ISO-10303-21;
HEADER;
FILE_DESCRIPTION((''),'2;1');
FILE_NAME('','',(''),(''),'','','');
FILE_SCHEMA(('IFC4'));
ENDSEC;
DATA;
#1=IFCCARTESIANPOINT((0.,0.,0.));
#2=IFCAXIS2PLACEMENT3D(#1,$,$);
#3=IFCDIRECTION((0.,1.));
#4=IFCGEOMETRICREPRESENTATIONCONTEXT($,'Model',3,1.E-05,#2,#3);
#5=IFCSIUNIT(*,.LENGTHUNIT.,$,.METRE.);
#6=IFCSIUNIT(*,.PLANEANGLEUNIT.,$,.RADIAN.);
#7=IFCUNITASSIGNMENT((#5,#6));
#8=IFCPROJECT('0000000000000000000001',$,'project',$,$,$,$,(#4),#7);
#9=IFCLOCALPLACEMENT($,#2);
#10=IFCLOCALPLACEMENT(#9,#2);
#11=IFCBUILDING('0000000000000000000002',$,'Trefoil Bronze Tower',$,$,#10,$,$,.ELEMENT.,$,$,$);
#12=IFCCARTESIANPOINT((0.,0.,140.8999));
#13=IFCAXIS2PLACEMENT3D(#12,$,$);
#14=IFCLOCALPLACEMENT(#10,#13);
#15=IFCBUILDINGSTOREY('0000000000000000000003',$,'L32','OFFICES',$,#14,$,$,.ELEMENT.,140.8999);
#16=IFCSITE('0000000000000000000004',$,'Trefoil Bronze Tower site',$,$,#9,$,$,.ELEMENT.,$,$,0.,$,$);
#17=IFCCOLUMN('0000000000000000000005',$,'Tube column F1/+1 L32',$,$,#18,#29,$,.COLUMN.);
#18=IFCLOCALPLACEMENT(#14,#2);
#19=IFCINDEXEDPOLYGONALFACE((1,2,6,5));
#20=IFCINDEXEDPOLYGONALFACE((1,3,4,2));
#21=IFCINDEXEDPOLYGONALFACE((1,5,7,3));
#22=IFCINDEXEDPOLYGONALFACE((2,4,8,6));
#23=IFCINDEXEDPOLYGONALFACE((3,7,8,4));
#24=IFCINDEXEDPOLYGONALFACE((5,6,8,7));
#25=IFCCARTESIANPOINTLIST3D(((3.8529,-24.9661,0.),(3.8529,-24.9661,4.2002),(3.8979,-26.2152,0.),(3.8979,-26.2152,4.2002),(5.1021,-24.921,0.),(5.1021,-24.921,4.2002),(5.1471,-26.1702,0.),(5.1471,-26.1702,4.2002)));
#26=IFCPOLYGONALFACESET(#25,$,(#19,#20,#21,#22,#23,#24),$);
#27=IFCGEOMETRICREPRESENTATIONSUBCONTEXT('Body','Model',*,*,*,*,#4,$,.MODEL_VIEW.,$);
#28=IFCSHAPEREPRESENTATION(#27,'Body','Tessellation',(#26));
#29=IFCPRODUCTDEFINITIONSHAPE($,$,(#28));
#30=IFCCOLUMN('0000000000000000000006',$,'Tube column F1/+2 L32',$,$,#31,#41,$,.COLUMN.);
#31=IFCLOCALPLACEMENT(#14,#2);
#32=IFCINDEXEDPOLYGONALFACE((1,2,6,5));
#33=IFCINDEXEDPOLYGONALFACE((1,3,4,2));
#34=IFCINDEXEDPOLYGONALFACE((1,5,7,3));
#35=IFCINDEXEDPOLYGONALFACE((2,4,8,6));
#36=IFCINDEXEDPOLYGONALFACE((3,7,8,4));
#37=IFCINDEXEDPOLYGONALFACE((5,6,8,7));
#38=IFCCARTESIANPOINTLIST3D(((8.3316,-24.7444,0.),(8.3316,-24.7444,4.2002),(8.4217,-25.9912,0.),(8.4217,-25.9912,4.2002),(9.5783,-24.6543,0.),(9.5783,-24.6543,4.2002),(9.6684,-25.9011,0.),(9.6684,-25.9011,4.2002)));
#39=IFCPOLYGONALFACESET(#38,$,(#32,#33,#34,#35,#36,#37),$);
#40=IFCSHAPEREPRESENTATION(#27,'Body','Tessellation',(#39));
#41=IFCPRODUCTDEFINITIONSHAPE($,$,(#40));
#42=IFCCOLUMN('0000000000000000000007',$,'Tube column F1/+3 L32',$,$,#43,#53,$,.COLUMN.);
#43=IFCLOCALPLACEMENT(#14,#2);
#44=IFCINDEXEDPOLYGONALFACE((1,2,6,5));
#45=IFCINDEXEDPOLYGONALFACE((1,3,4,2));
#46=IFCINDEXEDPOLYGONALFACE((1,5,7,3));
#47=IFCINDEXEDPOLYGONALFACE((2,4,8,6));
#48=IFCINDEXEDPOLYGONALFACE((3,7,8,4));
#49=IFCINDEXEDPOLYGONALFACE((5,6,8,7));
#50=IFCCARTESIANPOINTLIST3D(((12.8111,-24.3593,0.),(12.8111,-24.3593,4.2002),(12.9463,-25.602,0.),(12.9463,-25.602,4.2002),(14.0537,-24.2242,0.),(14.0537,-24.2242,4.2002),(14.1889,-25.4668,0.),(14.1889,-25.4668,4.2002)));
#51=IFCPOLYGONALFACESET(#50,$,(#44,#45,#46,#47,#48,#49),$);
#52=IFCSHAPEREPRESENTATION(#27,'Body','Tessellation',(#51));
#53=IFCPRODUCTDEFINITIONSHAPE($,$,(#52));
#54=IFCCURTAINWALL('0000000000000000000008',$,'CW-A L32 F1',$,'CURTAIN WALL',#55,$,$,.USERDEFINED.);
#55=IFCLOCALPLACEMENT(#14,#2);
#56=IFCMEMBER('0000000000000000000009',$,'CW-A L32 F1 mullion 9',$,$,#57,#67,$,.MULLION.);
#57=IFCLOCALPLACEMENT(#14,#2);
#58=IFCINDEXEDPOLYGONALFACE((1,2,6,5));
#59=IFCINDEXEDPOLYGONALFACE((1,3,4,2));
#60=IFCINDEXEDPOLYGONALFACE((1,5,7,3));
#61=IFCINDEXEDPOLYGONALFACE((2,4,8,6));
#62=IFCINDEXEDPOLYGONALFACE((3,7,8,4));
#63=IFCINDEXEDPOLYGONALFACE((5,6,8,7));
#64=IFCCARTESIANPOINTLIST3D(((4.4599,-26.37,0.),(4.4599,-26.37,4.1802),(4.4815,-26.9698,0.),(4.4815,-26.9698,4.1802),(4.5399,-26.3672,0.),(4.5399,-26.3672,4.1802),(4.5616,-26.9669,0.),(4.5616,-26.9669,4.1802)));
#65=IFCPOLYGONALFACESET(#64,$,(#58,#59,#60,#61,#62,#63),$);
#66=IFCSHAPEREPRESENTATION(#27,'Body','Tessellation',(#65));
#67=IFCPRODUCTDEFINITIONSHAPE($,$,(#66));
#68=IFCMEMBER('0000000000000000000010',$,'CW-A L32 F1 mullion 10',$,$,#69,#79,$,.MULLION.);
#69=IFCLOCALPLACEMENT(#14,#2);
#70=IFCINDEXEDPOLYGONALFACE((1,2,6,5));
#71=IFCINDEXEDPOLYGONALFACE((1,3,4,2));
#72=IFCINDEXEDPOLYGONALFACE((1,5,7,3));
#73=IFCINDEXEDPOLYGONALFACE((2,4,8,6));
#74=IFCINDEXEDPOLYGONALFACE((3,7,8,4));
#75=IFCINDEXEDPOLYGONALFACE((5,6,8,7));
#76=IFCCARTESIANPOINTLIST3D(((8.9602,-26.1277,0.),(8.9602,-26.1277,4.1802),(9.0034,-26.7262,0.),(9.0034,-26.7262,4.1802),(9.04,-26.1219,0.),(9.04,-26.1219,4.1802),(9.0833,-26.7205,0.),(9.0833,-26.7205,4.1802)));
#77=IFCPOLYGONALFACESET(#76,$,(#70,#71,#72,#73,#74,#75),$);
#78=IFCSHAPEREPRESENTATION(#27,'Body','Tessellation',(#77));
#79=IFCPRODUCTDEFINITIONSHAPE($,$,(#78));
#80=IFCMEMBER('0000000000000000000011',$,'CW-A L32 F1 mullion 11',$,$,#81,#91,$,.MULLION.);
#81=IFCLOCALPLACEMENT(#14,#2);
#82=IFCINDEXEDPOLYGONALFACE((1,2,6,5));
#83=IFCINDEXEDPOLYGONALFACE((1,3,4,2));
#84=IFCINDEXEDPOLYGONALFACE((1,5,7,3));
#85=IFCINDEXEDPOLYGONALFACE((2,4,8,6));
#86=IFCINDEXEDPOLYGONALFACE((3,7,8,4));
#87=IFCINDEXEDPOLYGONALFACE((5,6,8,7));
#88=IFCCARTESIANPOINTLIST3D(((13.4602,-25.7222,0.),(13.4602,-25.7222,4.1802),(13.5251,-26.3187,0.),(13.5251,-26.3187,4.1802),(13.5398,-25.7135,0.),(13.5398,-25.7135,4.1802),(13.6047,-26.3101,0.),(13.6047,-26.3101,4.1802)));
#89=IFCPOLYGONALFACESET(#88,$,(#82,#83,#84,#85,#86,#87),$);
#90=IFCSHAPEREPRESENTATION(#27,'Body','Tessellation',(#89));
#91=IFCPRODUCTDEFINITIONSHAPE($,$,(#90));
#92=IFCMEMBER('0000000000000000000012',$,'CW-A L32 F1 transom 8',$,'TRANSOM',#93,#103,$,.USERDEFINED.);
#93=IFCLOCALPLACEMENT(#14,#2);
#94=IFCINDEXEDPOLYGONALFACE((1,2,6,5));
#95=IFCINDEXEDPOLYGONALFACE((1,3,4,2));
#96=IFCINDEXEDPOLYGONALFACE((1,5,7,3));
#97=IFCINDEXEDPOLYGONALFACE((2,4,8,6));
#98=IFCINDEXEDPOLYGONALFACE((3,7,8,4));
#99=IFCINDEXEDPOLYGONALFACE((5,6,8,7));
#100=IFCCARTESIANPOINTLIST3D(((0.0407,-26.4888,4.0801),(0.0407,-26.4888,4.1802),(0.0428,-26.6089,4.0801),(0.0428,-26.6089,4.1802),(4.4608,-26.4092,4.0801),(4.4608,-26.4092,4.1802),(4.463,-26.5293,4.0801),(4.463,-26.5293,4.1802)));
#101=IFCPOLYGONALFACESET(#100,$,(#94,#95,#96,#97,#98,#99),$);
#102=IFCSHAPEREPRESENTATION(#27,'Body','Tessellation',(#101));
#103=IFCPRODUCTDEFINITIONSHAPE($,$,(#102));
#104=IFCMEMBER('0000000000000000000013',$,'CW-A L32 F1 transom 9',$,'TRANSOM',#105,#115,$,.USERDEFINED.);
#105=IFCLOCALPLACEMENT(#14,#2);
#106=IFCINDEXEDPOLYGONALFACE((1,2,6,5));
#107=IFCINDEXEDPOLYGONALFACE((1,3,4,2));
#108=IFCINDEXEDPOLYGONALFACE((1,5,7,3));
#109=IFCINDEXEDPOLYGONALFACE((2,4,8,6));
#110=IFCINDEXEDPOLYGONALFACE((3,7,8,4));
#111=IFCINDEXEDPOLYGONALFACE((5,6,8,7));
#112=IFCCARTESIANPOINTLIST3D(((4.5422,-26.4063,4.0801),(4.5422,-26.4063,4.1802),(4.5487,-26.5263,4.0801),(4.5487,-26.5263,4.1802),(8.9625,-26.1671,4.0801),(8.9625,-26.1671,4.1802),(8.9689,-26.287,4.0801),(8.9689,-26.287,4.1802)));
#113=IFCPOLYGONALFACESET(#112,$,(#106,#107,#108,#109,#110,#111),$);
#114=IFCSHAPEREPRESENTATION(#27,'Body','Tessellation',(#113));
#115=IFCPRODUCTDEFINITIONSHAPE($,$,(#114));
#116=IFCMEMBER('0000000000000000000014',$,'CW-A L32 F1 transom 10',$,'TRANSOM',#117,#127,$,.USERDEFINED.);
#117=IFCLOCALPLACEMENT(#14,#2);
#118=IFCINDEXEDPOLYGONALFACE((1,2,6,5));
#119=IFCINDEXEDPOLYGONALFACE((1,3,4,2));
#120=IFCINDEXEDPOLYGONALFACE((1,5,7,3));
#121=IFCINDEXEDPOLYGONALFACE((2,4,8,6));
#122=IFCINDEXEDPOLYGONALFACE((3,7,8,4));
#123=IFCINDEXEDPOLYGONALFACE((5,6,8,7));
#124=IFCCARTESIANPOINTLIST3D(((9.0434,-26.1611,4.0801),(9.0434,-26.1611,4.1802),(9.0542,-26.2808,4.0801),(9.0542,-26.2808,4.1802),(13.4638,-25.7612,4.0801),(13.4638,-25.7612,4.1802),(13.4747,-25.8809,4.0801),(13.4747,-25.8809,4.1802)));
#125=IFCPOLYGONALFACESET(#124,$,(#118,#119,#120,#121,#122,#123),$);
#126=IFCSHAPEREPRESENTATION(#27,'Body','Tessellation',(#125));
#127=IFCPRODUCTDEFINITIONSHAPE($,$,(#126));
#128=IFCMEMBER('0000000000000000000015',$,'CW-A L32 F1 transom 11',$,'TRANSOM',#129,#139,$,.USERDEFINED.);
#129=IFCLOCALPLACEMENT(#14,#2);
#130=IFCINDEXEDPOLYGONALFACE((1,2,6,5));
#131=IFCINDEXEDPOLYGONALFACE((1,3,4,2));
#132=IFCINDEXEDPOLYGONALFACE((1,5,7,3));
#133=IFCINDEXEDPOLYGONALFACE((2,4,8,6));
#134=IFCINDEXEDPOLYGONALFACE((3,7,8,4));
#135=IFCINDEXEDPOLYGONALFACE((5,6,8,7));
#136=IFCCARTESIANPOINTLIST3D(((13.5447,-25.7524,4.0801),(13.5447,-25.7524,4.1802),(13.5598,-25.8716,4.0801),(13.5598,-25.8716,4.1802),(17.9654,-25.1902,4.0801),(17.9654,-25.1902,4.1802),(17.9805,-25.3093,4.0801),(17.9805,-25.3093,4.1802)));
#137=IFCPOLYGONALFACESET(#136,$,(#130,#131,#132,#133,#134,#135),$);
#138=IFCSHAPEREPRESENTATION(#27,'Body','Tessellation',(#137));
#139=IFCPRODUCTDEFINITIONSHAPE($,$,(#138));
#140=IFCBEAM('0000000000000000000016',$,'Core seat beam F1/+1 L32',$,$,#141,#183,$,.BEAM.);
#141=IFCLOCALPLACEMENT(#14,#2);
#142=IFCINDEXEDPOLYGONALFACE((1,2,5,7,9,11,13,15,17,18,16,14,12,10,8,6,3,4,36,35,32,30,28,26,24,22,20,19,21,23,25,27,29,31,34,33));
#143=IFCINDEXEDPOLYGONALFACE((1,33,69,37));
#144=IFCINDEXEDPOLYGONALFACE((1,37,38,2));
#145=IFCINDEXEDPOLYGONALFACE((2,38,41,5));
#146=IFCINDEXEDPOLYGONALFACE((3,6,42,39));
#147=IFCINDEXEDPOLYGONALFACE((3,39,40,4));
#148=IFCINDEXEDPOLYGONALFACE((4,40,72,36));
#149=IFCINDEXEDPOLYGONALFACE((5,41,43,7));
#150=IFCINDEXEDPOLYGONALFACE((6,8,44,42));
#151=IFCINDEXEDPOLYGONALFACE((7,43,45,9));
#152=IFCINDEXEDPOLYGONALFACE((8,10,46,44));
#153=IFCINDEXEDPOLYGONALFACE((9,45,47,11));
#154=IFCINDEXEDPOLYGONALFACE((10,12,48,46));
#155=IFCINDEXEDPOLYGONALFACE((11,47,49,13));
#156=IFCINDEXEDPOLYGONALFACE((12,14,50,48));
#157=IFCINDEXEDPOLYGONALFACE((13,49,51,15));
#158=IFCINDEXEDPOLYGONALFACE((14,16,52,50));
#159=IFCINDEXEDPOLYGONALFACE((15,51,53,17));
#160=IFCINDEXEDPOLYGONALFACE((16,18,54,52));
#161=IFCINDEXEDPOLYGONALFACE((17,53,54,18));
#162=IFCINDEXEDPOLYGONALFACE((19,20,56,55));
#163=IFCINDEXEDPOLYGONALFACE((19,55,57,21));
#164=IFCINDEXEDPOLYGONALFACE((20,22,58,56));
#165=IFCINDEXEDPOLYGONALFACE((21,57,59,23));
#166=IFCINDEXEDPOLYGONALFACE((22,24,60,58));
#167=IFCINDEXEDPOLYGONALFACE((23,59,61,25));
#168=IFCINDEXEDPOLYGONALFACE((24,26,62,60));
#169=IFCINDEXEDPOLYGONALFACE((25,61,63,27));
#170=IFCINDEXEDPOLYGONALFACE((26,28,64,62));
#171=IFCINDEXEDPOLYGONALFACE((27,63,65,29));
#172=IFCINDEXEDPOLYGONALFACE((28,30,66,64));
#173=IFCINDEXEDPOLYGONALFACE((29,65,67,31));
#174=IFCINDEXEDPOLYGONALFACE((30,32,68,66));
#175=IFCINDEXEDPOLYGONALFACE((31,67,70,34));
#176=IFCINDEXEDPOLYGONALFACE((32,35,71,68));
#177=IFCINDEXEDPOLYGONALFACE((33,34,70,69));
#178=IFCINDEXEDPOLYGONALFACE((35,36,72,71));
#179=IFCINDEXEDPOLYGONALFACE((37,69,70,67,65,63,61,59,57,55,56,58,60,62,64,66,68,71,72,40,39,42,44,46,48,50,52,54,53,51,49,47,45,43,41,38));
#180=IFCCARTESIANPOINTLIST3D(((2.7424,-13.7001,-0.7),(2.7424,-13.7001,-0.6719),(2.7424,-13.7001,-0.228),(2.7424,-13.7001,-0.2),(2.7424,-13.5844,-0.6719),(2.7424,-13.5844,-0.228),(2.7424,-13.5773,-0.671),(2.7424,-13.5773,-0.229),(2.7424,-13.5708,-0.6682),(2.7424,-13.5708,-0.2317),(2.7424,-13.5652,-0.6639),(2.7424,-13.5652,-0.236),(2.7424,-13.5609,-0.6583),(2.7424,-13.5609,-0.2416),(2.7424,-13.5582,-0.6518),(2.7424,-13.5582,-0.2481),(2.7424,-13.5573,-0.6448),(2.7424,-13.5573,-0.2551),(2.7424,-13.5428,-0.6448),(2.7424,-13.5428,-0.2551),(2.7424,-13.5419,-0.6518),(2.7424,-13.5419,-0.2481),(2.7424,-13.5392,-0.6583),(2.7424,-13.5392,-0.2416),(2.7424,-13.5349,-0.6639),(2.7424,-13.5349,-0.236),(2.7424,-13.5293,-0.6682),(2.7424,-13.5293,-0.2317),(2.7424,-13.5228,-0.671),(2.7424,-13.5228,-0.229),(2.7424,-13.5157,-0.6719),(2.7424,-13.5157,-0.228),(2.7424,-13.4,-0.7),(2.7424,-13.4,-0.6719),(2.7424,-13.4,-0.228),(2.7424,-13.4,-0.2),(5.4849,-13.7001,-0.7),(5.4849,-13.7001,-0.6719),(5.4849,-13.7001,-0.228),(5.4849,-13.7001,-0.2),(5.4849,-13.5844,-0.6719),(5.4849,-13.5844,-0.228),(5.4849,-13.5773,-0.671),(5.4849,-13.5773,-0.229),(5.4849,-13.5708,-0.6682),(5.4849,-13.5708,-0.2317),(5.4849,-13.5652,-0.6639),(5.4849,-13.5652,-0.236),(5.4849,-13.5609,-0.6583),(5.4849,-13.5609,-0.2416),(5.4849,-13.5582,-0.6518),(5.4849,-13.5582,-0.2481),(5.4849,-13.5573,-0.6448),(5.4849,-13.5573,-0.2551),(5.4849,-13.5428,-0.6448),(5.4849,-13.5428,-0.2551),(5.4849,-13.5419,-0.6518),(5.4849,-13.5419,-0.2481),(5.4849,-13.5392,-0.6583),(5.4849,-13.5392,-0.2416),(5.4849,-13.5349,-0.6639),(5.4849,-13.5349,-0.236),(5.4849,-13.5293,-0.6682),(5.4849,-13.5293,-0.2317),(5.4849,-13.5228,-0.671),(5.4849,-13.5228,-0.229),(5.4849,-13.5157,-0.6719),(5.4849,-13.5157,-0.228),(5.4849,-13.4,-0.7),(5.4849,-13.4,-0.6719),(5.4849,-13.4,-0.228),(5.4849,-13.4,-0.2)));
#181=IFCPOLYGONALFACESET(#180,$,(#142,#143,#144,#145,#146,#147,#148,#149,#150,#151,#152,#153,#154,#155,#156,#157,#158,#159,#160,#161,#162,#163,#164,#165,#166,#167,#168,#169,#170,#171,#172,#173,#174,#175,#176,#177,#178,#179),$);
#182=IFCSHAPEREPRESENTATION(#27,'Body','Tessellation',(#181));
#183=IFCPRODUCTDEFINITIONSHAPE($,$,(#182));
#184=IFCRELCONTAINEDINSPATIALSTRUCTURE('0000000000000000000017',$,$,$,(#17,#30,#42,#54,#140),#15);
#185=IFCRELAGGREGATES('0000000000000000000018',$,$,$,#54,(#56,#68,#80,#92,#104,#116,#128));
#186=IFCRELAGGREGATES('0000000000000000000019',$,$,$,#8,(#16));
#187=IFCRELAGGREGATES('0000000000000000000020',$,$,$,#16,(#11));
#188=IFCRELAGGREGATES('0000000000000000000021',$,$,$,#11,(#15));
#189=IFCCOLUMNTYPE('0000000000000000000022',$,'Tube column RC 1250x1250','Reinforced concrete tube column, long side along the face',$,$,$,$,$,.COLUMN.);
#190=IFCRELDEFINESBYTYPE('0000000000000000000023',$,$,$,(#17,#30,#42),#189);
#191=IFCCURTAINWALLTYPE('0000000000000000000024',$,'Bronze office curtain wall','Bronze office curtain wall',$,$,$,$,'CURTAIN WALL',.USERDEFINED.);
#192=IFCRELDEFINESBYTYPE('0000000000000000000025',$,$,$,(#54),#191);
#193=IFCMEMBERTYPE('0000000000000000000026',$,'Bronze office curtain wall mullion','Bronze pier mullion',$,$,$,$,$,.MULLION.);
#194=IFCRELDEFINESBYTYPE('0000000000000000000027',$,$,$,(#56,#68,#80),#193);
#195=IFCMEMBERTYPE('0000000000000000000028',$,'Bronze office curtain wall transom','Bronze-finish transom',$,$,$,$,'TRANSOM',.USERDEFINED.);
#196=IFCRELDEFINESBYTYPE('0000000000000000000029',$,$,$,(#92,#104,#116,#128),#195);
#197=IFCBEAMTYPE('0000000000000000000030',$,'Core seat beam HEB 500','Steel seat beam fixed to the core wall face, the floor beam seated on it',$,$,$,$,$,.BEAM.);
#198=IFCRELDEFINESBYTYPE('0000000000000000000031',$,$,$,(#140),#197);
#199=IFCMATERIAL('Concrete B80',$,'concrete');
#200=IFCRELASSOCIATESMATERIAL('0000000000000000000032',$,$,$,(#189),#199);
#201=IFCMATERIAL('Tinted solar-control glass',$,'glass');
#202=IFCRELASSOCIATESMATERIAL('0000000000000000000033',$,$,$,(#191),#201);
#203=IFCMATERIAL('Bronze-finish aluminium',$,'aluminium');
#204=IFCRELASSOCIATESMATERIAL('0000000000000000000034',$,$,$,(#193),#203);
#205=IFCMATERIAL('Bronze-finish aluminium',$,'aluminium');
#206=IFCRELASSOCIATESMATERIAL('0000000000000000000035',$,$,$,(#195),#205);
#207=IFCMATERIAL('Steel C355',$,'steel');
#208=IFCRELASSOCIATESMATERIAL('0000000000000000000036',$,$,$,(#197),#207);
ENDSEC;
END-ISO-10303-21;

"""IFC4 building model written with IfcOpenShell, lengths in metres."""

from ifc_helpers import new_model, si_unit, direction, frame, origin, origin_2d, place, context, subcontext, project, spatial, rectangle, i_section, extrude, material, material_profile, profile_set, type_object, element, aggregate, save


model = new_model("IFC4")

# Units and contexts
model_context = context("Model", 3, precision=1e-05, world=origin(), true_north=direction((0.0, 1.0)))
body_context = subcontext(model_context, "Body", "Model", "MODEL_VIEW")
ifc_project = project(units=[si_unit("LENGTHUNIT", "METRE"), si_unit("PLANEANGLEUNIT", "RADIAN")], contexts=[model_context])

# Site, building, storey
site_placement = place(None, origin())
site = spatial("IfcSite", under=ifc_project, at=site_placement, Name="Trefoil Bronze Tower site", CompositionType="ELEMENT", RefElevation=0.0)
building_placement = place(site_placement, origin())
building = spatial("IfcBuilding", under=site, at=building_placement, Name="Trefoil Bronze Tower", CompositionType="ELEMENT")
storey_placement = place(building_placement, frame((0.0, 0.0, 140.8999)))
storey = spatial("IfcBuildingStorey", under=building, at=storey_placement, Name="L32", Description="OFFICES", CompositionType="ELEMENT", Elevation=140.8999)

# Columns
ifc_material_1 = material(Name="Concrete B80", Category="concrete")
ifc_material_profile_1 = material_profile(ifc_material_1, rectangle(XDim=1.25, YDim=1.25, at=origin_2d()), Name="RC 1250x1250")
ifc_profile_set_1 = profile_set([ifc_material_profile_1], Name="Concrete B80")
column_type = type_object("IfcColumnType", Name="Tube column RC 1250x1250", Description="Reinforced concrete tube column, long side along the face", PredefinedType="COLUMN", material=ifc_profile_set_1)
for number, where, z_axis, x_axis, name in (
    (1, (4.5, -25.5681, 0.0), (0.0, 0.0, 1.0), (0.99935, 0.036048, 0.0), "Tube column F1/+1 L32"),
    (2, (9.0, -25.3228, 0.0), (0.0, 0.0, 1.0), (0.997398, 0.072096, 0.0), "Tube column F1/+2 L32"),
    (3, (13.5, -24.9131, 0.0), (0.0, 0.0, 1.0), (0.994135, 0.108144, 0.0), "Tube column F1/+3 L32"),
):
    element("IfcColumn", number, at=place(storey_placement, frame(where, z_axis=z_axis, x_axis=x_axis)), inside=storey, type_object=column_type, Name=name, PredefinedType="COLUMN", context=body_context, shape_type="SweptSolid", body=[
        extrude(rectangle(XDim=1.25, YDim=1.25, at=origin_2d()), origin(), (0.0, 0.0, 1.0), 4.2002),
    ])

# Curtain wall, members
ifc_material_2 = material(Name="Tinted solar-control glass", Category="glass")
curtain_wall_type = type_object("IfcCurtainWallType", Name="Bronze office curtain wall", Description="Bronze office curtain wall", ElementType="CURTAIN WALL", PredefinedType="USERDEFINED", material=ifc_material_2)
curtain_wall_placement = place(storey_placement, origin())
curtain_wall = element("IfcCurtainWall", 4, at=curtain_wall_placement, inside=storey, type_object=curtain_wall_type, Name="CW-A L32 F1", ObjectType="CURTAIN WALL", PredefinedType="USERDEFINED")
ifc_material_3 = material(Name="Bronze-finish aluminium", Category="aluminium")
ifc_material_profile_2 = material_profile(ifc_material_3, rectangle(XDim=0.6001, YDim=0.0801, at=origin_2d()), Name="CW-A mullion")
ifc_profile_set_2 = profile_set([ifc_material_profile_2], Name="Bronze-finish aluminium")
member_type_1 = type_object("IfcMemberType", Name="Bronze office curtain wall mullion", Description="Bronze pier mullion", PredefinedType="MULLION", material=ifc_profile_set_2)
member_1_placement = place(storey_placement, frame((4.5107, -26.6685, 0.0), z_axis=(0.0, 0.0, 1.0), x_axis=(-0.036048, 0.99935, 0.0)))
member_1 = element("IfcMember", 5, at=member_1_placement, type_object=member_type_1, Name="CW-A L32 F1 mullion 9", PredefinedType="MULLION", context=body_context, shape_type="SweptSolid", body=[
    extrude(rectangle(XDim=0.6001, YDim=0.0801, at=origin_2d()), origin(), (0.0, 0.0, 1.0), 4.1802),
])
member_2_placement = place(storey_placement, frame((9.0217, -26.4241, 0.0), z_axis=(0.0, 0.0, 1.0), x_axis=(-0.072096, 0.997398, 0.0)))
member_2 = element("IfcMember", 6, at=member_2_placement, type_object=member_type_1, Name="CW-A L32 F1 mullion 10", PredefinedType="MULLION", context=body_context, shape_type="SweptSolid", body=[
    extrude(rectangle(XDim=0.6001, YDim=0.0801, at=origin_2d()), origin(), (0.0, 0.0, 1.0), 4.1802),
])
member_3_placement = place(storey_placement, frame((13.5325, -26.0161, 0.0), z_axis=(0.0, 0.0, 1.0), x_axis=(-0.108144, 0.994135, 0.0)))
member_3 = element("IfcMember", 7, at=member_3_placement, type_object=member_type_1, Name="CW-A L32 F1 mullion 11", PredefinedType="MULLION", context=body_context, shape_type="SweptSolid", body=[
    extrude(rectangle(XDim=0.6001, YDim=0.0801, at=origin_2d()), origin(), (0.0, 0.0, 1.0), 4.1802),
])
ifc_material_4 = material(Name="Bronze-finish aluminium", Category="aluminium")
ifc_material_profile_3 = material_profile(ifc_material_4, rectangle(XDim=0.1201, YDim=0.1001, at=origin_2d()), Name="CW-A transom")
ifc_profile_set_3 = profile_set([ifc_material_profile_3], Name="Bronze-finish aluminium")
member_type_2 = type_object("IfcMemberType", Name="Bronze office curtain wall transom", Description="Bronze-finish transom", ElementType="TRANSOM", PredefinedType="USERDEFINED", material=ifc_profile_set_3)
member_4_placement = place(storey_placement, frame((0.0417, -26.5488, 4.1301), z_axis=(0.999838, 0.018003, 0.0), x_axis=(-0.018003, 0.999838, 0.0)))
member_4 = element("IfcMember", 8, at=member_4_placement, type_object=member_type_2, Name="CW-A L32 F1 transom 8", ObjectType="TRANSOM", PredefinedType="USERDEFINED", context=body_context, shape_type="SweptSolid", body=[
    extrude(rectangle(XDim=0.1201, YDim=0.1001, at=origin_2d()), origin(), (0.0, 0.0, 1.0), 4.4209),
])
member_5_placement = place(storey_placement, frame((4.5454, -26.4663, 4.1301), z_axis=(0.998538, 0.05405, 0.0), x_axis=(-0.05405, 0.998538, 0.0)))
member_5 = element("IfcMember", 9, at=member_5_placement, type_object=member_type_2, Name="CW-A L32 F1 transom 9", ObjectType="TRANSOM", PredefinedType="USERDEFINED", context=body_context, shape_type="SweptSolid", body=[
    extrude(rectangle(XDim=0.1201, YDim=0.1001, at=origin_2d()), origin(), (0.0, 0.0, 1.0), 4.4268),
])
member_6_placement = place(storey_placement, frame((9.0488, -26.2209, 4.1301), z_axis=(0.995933, 0.090099, 0.0), x_axis=(-0.090099, 0.995933, 0.0)))
member_6 = element("IfcMember", 10, at=member_6_placement, type_object=member_type_2, Name="CW-A L32 F1 transom 10", ObjectType="TRANSOM", PredefinedType="USERDEFINED", context=body_context, shape_type="SweptSolid", body=[
    extrude(rectangle(XDim=0.1201, YDim=0.1001, at=origin_2d()), origin(), (0.0, 0.0, 1.0), 4.4385),
])
member_7_placement = place(storey_placement, frame((13.5522, -25.812, 4.1301), z_axis=(0.992008, 0.126172, 0.0), x_axis=(-0.126172, 0.992008, 0.0)))
member_7 = element("IfcMember", 11, at=member_7_placement, type_object=member_type_2, Name="CW-A L32 F1 transom 11", ObjectType="TRANSOM", PredefinedType="USERDEFINED", context=body_context, shape_type="SweptSolid", body=[
    extrude(rectangle(XDim=0.1201, YDim=0.1001, at=origin_2d()), origin(), (0.0, 0.0, 1.0), 4.4563),
])

# Beam
ifc_material_5 = material(Name="Steel C355", Category="steel")
ifc_material_profile_4 = material_profile(ifc_material_5, i_section(OverallWidth=0.3, OverallDepth=0.5, WebThickness=0.0144, FlangeThickness=0.0281, FilletRadius=0.0271, at=origin_2d()), Name="HEB 500")
ifc_profile_set_4 = profile_set([ifc_material_profile_4], Name="Steel C355")
beam_type_1 = type_object("IfcBeamType", Name="Core seat beam HEB 500", Description="Steel seat beam fixed to the core wall face, the floor beam seated on it", PredefinedType="BEAM", material=ifc_profile_set_4)
for number, where, z_axis, x_axis, name in (
    (12, (2.7424, -13.55, -0.45), (1.0, 0.0, 0.0), (0.0, 1.0, 0.0), "Core seat beam F1/+1 L32"),
):
    element("IfcBeam", number, at=place(storey_placement, frame(where, z_axis=z_axis, x_axis=x_axis)), inside=storey, type_object=beam_type_1, Name=name, PredefinedType="BEAM", context=body_context, shape_type="SweptSolid", body=[
        extrude(i_section(OverallWidth=0.3, OverallDepth=0.5, WebThickness=0.0144, FlangeThickness=0.0281, FilletRadius=0.0271, at=origin_2d()), origin(), (0.0, 0.0, 1.0), 2.7424),
    ])

aggregate(curtain_wall, [member_1, member_2, member_3, member_4, member_5, member_6, member_7])

save(model, "model.ifc")
